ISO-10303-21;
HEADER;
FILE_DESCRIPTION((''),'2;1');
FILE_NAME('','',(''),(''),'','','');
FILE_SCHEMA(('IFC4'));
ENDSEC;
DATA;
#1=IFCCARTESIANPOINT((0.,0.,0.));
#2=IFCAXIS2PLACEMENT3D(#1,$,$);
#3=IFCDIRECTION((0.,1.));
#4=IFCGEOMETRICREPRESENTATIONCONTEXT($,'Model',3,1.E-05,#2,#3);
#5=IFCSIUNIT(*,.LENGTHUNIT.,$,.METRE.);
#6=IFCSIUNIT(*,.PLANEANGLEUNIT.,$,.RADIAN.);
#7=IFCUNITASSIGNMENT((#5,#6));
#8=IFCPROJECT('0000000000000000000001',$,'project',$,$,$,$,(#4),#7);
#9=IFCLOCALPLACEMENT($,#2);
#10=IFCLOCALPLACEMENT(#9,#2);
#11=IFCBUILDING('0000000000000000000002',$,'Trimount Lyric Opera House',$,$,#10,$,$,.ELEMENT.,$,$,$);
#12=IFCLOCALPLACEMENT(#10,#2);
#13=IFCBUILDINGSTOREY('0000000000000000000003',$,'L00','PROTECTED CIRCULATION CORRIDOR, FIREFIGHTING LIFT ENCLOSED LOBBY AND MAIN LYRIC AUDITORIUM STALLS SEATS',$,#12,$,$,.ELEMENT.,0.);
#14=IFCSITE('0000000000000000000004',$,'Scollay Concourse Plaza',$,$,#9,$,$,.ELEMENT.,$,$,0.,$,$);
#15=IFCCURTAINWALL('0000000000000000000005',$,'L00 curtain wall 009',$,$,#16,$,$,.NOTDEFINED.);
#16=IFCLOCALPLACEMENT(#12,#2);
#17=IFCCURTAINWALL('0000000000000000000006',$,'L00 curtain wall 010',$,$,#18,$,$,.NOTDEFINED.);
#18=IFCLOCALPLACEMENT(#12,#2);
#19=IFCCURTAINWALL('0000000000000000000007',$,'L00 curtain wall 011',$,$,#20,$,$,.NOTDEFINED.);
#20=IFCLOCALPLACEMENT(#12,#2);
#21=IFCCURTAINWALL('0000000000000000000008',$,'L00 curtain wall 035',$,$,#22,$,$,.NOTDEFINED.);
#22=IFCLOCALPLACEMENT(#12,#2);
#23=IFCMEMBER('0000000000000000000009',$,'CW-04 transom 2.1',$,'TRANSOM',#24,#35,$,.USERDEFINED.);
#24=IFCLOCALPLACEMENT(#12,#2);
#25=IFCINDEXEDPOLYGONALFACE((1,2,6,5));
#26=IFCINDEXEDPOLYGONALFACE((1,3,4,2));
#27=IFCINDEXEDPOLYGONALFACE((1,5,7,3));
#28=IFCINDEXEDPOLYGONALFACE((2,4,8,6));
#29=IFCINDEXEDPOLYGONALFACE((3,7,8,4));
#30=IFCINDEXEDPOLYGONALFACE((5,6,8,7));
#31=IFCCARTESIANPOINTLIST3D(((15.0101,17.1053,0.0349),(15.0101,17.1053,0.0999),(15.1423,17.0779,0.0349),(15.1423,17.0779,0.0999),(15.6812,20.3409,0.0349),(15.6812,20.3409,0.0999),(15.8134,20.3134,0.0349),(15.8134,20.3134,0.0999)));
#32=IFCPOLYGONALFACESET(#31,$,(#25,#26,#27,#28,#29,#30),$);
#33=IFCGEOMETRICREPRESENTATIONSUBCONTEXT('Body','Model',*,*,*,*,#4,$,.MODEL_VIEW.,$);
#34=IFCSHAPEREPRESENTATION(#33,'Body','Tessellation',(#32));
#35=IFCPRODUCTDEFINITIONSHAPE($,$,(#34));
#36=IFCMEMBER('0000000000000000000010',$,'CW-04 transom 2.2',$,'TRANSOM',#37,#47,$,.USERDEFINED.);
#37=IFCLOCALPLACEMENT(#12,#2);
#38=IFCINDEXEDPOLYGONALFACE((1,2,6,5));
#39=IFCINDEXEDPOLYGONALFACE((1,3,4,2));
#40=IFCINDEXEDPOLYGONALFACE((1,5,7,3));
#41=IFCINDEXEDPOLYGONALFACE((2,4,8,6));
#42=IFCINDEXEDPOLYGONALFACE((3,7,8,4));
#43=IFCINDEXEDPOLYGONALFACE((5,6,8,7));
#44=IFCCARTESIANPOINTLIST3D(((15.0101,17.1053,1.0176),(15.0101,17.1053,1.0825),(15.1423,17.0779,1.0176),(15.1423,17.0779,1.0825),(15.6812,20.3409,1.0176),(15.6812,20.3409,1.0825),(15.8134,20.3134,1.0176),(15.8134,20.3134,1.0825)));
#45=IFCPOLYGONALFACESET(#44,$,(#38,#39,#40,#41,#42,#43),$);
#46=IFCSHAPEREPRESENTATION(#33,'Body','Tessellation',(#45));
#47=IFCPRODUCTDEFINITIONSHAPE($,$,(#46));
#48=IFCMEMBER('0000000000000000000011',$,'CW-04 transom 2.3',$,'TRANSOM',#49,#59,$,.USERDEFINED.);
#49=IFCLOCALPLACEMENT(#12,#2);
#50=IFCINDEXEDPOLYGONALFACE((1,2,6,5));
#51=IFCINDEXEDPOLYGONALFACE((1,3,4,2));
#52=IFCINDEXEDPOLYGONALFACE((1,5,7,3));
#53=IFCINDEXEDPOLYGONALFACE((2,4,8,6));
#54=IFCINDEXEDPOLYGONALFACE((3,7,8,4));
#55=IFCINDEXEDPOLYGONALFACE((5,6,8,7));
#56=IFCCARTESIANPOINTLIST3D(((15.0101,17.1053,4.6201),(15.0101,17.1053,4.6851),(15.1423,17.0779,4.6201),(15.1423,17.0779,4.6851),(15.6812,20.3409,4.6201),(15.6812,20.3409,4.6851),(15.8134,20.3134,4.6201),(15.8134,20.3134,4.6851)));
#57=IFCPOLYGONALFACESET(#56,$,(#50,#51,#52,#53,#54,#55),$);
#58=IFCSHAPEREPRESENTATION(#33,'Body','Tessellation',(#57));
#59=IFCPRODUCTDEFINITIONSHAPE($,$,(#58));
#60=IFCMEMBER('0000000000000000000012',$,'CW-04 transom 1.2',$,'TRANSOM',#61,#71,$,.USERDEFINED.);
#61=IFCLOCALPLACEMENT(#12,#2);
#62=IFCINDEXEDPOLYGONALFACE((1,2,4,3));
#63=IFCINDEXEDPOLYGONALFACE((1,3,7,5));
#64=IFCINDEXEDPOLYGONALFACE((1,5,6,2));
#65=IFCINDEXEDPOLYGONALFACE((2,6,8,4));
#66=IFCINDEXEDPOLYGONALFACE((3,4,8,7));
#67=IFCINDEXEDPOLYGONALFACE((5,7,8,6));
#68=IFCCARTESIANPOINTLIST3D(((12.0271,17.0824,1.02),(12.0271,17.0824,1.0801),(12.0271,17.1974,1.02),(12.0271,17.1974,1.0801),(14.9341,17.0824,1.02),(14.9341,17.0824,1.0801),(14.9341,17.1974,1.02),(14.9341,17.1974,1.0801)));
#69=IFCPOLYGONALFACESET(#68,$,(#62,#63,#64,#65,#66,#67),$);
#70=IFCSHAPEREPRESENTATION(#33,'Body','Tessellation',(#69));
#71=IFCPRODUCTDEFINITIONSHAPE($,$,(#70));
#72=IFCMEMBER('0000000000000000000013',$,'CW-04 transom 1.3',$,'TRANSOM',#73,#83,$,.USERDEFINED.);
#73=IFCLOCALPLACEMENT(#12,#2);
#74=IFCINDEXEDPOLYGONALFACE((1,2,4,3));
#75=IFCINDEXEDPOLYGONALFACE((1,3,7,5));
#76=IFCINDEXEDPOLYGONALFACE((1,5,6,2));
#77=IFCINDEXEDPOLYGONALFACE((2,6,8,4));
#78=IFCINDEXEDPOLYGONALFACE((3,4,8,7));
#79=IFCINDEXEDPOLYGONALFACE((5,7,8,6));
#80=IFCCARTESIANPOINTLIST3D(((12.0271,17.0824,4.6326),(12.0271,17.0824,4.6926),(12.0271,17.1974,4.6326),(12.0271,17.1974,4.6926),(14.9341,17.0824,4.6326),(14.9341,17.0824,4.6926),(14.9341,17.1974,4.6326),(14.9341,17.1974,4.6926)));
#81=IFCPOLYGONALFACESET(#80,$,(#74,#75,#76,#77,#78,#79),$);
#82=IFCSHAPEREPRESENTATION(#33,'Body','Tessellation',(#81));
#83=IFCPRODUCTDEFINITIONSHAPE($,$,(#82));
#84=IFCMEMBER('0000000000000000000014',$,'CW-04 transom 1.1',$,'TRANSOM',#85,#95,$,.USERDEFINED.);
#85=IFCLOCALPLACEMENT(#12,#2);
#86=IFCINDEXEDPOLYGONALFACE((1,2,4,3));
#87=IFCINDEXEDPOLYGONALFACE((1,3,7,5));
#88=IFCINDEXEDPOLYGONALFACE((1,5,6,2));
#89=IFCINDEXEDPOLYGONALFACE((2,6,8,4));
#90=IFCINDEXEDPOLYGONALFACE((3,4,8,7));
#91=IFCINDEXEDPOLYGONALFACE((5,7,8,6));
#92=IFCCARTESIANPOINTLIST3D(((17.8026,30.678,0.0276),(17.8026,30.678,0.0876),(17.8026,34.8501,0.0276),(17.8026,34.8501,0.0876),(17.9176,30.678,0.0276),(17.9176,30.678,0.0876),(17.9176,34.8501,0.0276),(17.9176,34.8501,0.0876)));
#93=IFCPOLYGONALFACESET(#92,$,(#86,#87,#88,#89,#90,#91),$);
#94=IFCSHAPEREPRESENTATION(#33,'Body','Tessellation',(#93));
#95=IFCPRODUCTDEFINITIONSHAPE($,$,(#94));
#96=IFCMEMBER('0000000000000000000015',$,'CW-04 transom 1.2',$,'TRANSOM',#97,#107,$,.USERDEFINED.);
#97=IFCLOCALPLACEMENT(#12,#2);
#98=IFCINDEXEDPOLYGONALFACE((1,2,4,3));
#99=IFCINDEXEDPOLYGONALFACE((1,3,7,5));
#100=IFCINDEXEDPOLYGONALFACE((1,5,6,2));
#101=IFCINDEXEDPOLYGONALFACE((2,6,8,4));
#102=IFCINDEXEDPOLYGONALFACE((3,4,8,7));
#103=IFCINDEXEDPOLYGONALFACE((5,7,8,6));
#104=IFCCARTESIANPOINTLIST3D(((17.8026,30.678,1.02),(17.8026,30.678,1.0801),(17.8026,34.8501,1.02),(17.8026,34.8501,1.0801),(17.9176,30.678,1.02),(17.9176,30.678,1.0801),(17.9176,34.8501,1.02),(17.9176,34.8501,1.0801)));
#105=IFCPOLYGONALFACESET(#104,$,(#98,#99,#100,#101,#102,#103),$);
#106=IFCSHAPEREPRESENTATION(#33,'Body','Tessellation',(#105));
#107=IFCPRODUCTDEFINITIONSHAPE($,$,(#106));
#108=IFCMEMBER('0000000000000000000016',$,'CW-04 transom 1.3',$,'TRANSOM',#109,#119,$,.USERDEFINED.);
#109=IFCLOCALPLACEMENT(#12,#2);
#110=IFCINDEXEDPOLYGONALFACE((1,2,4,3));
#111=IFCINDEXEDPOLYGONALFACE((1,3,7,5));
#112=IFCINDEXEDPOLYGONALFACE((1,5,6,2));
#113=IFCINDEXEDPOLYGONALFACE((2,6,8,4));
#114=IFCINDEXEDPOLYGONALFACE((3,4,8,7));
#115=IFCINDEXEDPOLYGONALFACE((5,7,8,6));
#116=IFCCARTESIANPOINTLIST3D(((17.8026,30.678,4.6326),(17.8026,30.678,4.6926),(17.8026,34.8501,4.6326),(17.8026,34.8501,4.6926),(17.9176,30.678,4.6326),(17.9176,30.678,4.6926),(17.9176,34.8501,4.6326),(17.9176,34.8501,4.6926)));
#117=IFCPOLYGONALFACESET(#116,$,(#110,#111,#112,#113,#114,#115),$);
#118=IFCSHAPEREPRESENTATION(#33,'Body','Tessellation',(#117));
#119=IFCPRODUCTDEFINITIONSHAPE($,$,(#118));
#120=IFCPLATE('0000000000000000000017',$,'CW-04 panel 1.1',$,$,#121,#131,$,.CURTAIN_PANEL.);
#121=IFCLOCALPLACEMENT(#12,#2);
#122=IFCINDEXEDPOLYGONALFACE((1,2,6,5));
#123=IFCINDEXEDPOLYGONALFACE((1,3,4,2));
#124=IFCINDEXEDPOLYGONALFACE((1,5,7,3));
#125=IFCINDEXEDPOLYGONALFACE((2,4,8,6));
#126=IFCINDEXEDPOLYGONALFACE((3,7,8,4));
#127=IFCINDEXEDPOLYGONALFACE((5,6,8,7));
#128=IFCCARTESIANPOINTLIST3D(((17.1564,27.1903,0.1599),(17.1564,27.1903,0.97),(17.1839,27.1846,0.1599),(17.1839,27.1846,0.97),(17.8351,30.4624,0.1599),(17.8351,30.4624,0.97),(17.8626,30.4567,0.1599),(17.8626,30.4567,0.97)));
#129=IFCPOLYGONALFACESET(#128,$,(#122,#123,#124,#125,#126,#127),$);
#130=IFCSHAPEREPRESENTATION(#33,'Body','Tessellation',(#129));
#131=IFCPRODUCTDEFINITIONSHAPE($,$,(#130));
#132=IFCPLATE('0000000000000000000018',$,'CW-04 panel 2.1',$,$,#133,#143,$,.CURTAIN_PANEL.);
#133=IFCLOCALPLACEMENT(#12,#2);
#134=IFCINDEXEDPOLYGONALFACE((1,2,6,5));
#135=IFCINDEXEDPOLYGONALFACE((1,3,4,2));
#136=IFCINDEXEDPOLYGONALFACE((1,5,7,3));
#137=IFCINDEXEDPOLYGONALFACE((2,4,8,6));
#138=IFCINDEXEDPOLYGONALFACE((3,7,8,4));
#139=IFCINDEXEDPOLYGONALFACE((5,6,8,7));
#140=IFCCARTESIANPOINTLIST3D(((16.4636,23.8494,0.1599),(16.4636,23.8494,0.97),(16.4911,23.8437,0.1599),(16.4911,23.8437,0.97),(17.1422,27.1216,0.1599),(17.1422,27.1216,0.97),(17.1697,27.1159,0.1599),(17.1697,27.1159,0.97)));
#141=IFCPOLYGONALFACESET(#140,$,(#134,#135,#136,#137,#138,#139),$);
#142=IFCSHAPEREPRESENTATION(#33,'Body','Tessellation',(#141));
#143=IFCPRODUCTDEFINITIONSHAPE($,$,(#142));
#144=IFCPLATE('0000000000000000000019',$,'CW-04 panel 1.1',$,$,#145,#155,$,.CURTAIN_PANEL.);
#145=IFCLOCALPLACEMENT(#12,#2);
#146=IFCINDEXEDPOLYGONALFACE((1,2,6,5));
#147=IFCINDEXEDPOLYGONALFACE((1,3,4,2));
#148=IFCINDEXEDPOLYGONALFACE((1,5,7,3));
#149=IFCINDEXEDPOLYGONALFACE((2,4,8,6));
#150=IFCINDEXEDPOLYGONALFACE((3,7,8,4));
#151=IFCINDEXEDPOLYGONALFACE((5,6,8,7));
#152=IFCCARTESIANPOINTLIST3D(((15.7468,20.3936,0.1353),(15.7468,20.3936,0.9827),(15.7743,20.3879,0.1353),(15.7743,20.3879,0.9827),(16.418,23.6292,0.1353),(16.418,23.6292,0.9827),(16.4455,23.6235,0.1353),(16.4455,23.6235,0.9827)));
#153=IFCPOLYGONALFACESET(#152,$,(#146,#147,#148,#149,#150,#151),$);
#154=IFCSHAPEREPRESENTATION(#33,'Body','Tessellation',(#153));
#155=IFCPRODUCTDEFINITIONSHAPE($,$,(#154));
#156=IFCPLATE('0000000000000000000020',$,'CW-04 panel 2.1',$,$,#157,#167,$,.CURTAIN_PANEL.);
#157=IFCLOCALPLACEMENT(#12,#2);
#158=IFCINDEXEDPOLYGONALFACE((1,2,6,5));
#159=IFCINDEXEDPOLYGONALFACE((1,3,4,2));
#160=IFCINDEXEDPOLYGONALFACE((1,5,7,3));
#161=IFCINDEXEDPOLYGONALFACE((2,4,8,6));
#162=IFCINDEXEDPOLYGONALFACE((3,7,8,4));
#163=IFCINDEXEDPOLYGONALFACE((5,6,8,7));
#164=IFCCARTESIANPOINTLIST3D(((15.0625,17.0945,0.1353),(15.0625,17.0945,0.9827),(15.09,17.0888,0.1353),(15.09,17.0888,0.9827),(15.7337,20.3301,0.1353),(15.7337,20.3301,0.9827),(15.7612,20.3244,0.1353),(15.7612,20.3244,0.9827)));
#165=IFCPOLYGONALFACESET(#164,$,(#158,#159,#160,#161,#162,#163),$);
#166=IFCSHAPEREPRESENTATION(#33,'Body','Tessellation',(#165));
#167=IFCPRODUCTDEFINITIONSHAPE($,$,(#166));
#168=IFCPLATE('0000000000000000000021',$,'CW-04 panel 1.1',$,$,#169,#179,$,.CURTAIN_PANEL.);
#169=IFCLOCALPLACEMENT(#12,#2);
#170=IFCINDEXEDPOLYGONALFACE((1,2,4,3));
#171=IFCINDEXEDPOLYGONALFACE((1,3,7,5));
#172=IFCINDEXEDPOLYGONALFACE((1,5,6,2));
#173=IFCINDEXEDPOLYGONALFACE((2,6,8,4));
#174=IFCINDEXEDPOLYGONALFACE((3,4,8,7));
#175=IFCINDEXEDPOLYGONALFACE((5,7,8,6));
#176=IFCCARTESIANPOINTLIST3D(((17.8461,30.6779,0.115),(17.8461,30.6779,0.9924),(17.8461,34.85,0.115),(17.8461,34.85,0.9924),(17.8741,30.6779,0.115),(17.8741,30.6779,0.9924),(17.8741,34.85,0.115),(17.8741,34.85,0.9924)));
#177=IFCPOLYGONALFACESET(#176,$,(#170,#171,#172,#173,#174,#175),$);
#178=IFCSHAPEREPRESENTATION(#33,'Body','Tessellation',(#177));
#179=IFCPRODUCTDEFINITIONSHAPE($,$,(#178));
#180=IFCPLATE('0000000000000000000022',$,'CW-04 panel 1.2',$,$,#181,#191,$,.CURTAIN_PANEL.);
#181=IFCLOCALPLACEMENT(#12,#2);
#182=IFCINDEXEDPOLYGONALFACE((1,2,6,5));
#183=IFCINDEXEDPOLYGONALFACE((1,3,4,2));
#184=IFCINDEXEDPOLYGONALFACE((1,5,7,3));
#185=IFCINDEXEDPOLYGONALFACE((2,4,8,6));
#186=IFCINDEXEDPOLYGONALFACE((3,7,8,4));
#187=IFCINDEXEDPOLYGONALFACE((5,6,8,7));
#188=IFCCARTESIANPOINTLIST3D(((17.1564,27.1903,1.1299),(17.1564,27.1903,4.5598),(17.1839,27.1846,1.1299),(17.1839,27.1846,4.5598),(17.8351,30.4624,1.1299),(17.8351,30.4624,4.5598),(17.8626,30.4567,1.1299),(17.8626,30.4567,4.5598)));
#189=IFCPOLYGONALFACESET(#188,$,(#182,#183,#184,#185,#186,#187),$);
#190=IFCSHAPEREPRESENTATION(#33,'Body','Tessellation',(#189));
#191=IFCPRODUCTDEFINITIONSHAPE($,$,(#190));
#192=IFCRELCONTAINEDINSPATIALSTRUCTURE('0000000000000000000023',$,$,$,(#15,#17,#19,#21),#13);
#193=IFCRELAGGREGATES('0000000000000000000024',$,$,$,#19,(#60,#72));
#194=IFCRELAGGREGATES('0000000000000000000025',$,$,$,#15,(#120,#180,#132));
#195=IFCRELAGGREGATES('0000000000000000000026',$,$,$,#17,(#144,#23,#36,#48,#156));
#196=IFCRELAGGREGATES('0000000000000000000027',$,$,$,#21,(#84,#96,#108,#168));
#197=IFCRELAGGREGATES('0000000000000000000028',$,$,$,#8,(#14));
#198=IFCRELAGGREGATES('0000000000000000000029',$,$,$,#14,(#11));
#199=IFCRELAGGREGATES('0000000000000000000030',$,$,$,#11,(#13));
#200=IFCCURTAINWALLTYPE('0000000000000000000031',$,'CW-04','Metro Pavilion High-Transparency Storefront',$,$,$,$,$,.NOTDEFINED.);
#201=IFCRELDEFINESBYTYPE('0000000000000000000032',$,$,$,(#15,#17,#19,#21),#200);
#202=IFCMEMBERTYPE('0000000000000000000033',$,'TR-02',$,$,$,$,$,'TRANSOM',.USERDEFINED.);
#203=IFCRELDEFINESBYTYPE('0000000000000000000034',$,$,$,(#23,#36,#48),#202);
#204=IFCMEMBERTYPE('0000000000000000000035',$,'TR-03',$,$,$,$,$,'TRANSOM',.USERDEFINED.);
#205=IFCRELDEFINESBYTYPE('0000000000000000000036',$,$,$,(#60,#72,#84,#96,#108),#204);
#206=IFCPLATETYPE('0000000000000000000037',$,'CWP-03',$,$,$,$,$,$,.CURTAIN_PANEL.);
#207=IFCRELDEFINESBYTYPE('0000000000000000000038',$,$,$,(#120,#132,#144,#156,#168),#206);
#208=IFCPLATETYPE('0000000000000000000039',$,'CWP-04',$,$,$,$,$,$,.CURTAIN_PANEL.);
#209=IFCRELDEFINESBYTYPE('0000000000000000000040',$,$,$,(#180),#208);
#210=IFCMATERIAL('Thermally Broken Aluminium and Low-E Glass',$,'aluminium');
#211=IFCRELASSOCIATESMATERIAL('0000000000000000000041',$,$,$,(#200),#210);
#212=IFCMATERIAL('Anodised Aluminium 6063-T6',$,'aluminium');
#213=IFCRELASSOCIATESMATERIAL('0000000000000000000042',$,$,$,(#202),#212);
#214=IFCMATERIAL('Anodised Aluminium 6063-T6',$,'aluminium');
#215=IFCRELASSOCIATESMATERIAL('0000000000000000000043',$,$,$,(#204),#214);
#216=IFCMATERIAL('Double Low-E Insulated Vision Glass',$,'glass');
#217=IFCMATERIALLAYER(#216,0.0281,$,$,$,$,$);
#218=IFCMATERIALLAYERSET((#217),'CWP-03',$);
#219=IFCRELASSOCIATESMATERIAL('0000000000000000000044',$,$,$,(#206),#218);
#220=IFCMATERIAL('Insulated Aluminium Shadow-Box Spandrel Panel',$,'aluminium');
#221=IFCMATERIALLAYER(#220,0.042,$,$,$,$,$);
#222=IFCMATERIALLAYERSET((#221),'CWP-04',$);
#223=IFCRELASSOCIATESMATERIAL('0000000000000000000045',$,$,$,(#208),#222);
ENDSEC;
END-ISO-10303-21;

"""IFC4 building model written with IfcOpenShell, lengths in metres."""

from ifc_helpers import new_model, si_unit, direction, frame, origin, origin_2d, place, context, subcontext, project, spatial, rectangle, extrude, material, layer, layer_set, material_profile, profile_set, type_object, element, aggregate, save


model = new_model("IFC4")

# Units and contexts
model_context = context("Model", 3, precision=1e-05, world=origin(), true_north=direction((0.0, 1.0)))
body_context = subcontext(model_context, "Body", "Model", "MODEL_VIEW")
ifc_project = project(units=[si_unit("LENGTHUNIT", "METRE"), si_unit("PLANEANGLEUNIT", "RADIAN")], contexts=[model_context])

# Site, building, storey
site_placement = place(None, origin())
site = spatial("IfcSite", under=ifc_project, at=site_placement, Name="Scollay Concourse Plaza", CompositionType="ELEMENT", RefElevation=0.0)
building_placement = place(site_placement, origin())
building = spatial("IfcBuilding", under=site, at=building_placement, Name="Trimount Lyric Opera House", CompositionType="ELEMENT")
storey_placement = place(building_placement, origin())
storey = spatial("IfcBuildingStorey", under=building, at=storey_placement, Name="L00", Description="PROTECTED CIRCULATION CORRIDOR, FIREFIGHTING LIFT ENCLOSED LOBBY AND MAIN LYRIC AUDITORIUM STALLS SEATS", CompositionType="ELEMENT", Elevation=0.0)

# Curtain walls
ifc_material_1 = material(Name="Thermally Broken Aluminium and Low-E Glass", Category="aluminium")
curtain_wall_type = type_object("IfcCurtainWallType", Name="CW-04", Description="Metro Pavilion High-Transparency Storefront", PredefinedType="NOTDEFINED", material=ifc_material_1)
curtain_wall_1_placement = place(storey_placement, origin())
curtain_wall_1 = element("IfcCurtainWall", 1, at=curtain_wall_1_placement, inside=storey, type_object=curtain_wall_type, Name="L00 curtain wall 009", PredefinedType="NOTDEFINED")
curtain_wall_2_placement = place(storey_placement, origin())
curtain_wall_2 = element("IfcCurtainWall", 2, at=curtain_wall_2_placement, inside=storey, type_object=curtain_wall_type, Name="L00 curtain wall 010", PredefinedType="NOTDEFINED")

# Curtain wall
curtain_wall_3_placement = place(storey_placement, origin())
curtain_wall_3 = element("IfcCurtainWall", 3, at=curtain_wall_3_placement, inside=storey, type_object=curtain_wall_type, Name="L00 curtain wall 011", PredefinedType="NOTDEFINED")

# Curtain wall
curtain_wall_4_placement = place(storey_placement, origin())
curtain_wall_4 = element("IfcCurtainWall", 4, at=curtain_wall_4_placement, inside=storey, type_object=curtain_wall_type, Name="L00 curtain wall 035", PredefinedType="NOTDEFINED")

# Members
ifc_material_2 = material(Name="Anodised Aluminium 6063-T6", Category="aluminium")
ifc_material_profile_1 = material_profile(ifc_material_2, rectangle(XDim=0.135, YDim=0.0649, at=origin_2d()), Name="ALU-TRAN-65X135")
ifc_profile_set_1 = profile_set([ifc_material_profile_1], Name="Anodised Aluminium 6063-T6")
member_type_1 = type_object("IfcMemberType", Name="TR-02", ElementType="TRANSOM", PredefinedType="USERDEFINED", material=ifc_profile_set_1)
member_1_placement = place(storey_placement, frame((15.7473, 20.3271, 0.0674), z_axis=(-0.203102, -0.979158, 0.0), x_axis=(0.979158, -0.203102, 0.0)))
member_1 = element("IfcMember", 5, at=member_1_placement, type_object=member_type_1, Name="CW-04 transom 2.1", ObjectType="TRANSOM", PredefinedType="USERDEFINED", context=body_context, shape_type="SweptSolid", body=[
    extrude(rectangle(XDim=0.135, YDim=0.0649, at=origin_2d()), origin(), (0.0, 0.0, 1.0), 3.3044),
])
member_2_placement = place(storey_placement, frame((15.7473, 20.3271, 1.05), z_axis=(-0.203102, -0.979158, 0.0), x_axis=(0.979158, -0.203102, 0.0)))
member_2 = element("IfcMember", 6, at=member_2_placement, type_object=member_type_1, Name="CW-04 transom 2.2", ObjectType="TRANSOM", PredefinedType="USERDEFINED", context=body_context, shape_type="SweptSolid", body=[
    extrude(rectangle(XDim=0.135, YDim=0.0649, at=origin_2d()), origin(), (0.0, 0.0, 1.0), 3.3044),
])
member_3_placement = place(storey_placement, frame((15.7473, 20.3271, 4.6526), z_axis=(-0.203102, -0.979158, 0.0), x_axis=(0.979158, -0.203102, 0.0)))
member_3 = element("IfcMember", 7, at=member_3_placement, type_object=member_type_1, Name="CW-04 transom 2.3", ObjectType="TRANSOM", PredefinedType="USERDEFINED", context=body_context, shape_type="SweptSolid", body=[
    extrude(rectangle(XDim=0.135, YDim=0.0649, at=origin_2d()), origin(), (0.0, 0.0, 1.0), 3.3044),
])
ifc_material_3 = material(Name="Anodised Aluminium 6063-T6", Category="aluminium")
ifc_material_profile_2 = material_profile(ifc_material_3, rectangle(XDim=0.115, YDim=0.0601, at=origin_2d()), Name="ALU-TRAN-60X115")
ifc_profile_set_2 = profile_set([ifc_material_profile_2], Name="Anodised Aluminium 6063-T6")
member_type_2 = type_object("IfcMemberType", Name="TR-03", ElementType="TRANSOM", PredefinedType="USERDEFINED", material=ifc_profile_set_2)
member_4_placement = place(storey_placement, frame((14.9341, 17.1399, 1.05), z_axis=(-1.0, 0.0, 0.0), x_axis=(0.0, -1.0, 0.0)))
member_4 = element("IfcMember", 8, at=member_4_placement, type_object=member_type_2, Name="CW-04 transom 1.2", ObjectType="TRANSOM", PredefinedType="USERDEFINED", context=body_context, shape_type="SweptSolid", body=[
    extrude(rectangle(XDim=0.115, YDim=0.0601, at=origin_2d()), origin(), (0.0, 0.0, 1.0), 2.907),
])
member_5_placement = place(storey_placement, frame((14.9341, 17.1399, 4.6626), z_axis=(-1.0, 0.0, 0.0), x_axis=(0.0, -1.0, 0.0)))
member_5 = element("IfcMember", 9, at=member_5_placement, type_object=member_type_2, Name="CW-04 transom 1.3", ObjectType="TRANSOM", PredefinedType="USERDEFINED", context=body_context, shape_type="SweptSolid", body=[
    extrude(rectangle(XDim=0.115, YDim=0.0601, at=origin_2d()), origin(), (0.0, 0.0, 1.0), 2.907),
])
aggregate(curtain_wall_3, [member_4, member_5])
member_6_placement = place(storey_placement, frame((17.8601, 34.8501, 0.0576), z_axis=(0.0, -1.0, 0.0), x_axis=(1.0, 0.0, 0.0)))
member_6 = element("IfcMember", 10, at=member_6_placement, type_object=member_type_2, Name="CW-04 transom 1.1", ObjectType="TRANSOM", PredefinedType="USERDEFINED", context=body_context, shape_type="SweptSolid", body=[
    extrude(rectangle(XDim=0.115, YDim=0.0601, at=origin_2d()), origin(), (0.0, 0.0, 1.0), 4.1721),
])
member_7_placement = place(storey_placement, frame((17.8601, 34.8501, 1.05), z_axis=(0.0, -1.0, 0.0), x_axis=(1.0, 0.0, 0.0)))
member_7 = element("IfcMember", 11, at=member_7_placement, type_object=member_type_2, Name="CW-04 transom 1.2", ObjectType="TRANSOM", PredefinedType="USERDEFINED", context=body_context, shape_type="SweptSolid", body=[
    extrude(rectangle(XDim=0.115, YDim=0.0601, at=origin_2d()), origin(), (0.0, 0.0, 1.0), 4.1721),
])
member_8_placement = place(storey_placement, frame((17.8601, 34.8501, 4.6626), z_axis=(0.0, -1.0, 0.0), x_axis=(1.0, 0.0, 0.0)))
member_8 = element("IfcMember", 12, at=member_8_placement, type_object=member_type_2, Name="CW-04 transom 1.3", ObjectType="TRANSOM", PredefinedType="USERDEFINED", context=body_context, shape_type="SweptSolid", body=[
    extrude(rectangle(XDim=0.115, YDim=0.0601, at=origin_2d()), origin(), (0.0, 0.0, 1.0), 4.1721),
])

# Plates
ifc_material_4 = material(Name="Double Low-E Insulated Vision Glass", Category="glass")
ifc_layer_1 = layer(ifc_material_4, 0.0281)
ifc_layer_set_1 = layer_set([ifc_layer_1], Name="CWP-03")
plate_type_1 = type_object("IfcPlateType", Name="CWP-03", PredefinedType="CURTAIN_PANEL", material=ifc_layer_set_1)
plate_1_placement = place(storey_placement, frame((17.5095, 28.8235, 0.1599), z_axis=(0.0, 0.0, 1.0), x_axis=(-0.203085, -0.979161, 0.0)))
plate_1 = element("IfcPlate", 13, at=plate_1_placement, type_object=plate_type_1, Name="CW-04 panel 1.1", PredefinedType="CURTAIN_PANEL", context=body_context, shape_type="SweptSolid", body=[
    extrude(rectangle(XDim=3.3418, YDim=0.0281, at=origin_2d()), origin(), (0.0, 0.0, 1.0), 0.8101),
])
plate_2_placement = place(storey_placement, frame((16.8167, 25.4827, 0.1599), z_axis=(0.0, 0.0, 1.0), x_axis=(-0.203085, -0.979161, 0.0)))
plate_2 = element("IfcPlate", 14, at=plate_2_placement, type_object=plate_type_1, Name="CW-04 panel 2.1", PredefinedType="CURTAIN_PANEL", context=body_context, shape_type="SweptSolid", body=[
    extrude(rectangle(XDim=3.3418, YDim=0.0281, at=origin_2d()), origin(), (0.0, 0.0, 1.0), 0.8101),
])
plate_3_placement = place(storey_placement, frame((16.0962, 22.0085, 0.1353), z_axis=(0.0, 0.0, 1.0), x_axis=(-0.203121, -0.979154, 0.0)))
plate_3 = element("IfcPlate", 15, at=plate_3_placement, type_object=plate_type_1, Name="CW-04 panel 1.1", PredefinedType="CURTAIN_PANEL", context=body_context, shape_type="SweptSolid", body=[
    extrude(rectangle(XDim=3.3044, YDim=0.0281, at=origin_2d()), origin(), (0.0, 0.0, 1.0), 0.8474),
])
plate_4_placement = place(storey_placement, frame((15.4119, 18.7095, 0.1353), z_axis=(0.0, 0.0, 1.0), x_axis=(-0.203121, -0.979154, 0.0)))
plate_4 = element("IfcPlate", 16, at=plate_4_placement, type_object=plate_type_1, Name="CW-04 panel 2.1", PredefinedType="CURTAIN_PANEL", context=body_context, shape_type="SweptSolid", body=[
    extrude(rectangle(XDim=3.3044, YDim=0.0281, at=origin_2d()), origin(), (0.0, 0.0, 1.0), 0.8474),
])
plate_5_placement = place(storey_placement, frame((17.8601, 32.7639, 0.115), z_axis=(0.0, 0.0, 1.0), x_axis=(0.0, -1.0, 0.0)))
plate_5 = element("IfcPlate", 17, at=plate_5_placement, type_object=plate_type_1, Name="CW-04 panel 1.1", PredefinedType="CURTAIN_PANEL", context=body_context, shape_type="SweptSolid", body=[
    extrude(rectangle(XDim=4.1721, YDim=0.0281, at=origin_2d()), origin(), (0.0, 0.0, 1.0), 0.8774),
])
ifc_material_5 = material(Name="Insulated Aluminium Shadow-Box Spandrel Panel", Category="aluminium")
ifc_layer_2 = layer(ifc_material_5, 0.042)
ifc_layer_set_2 = layer_set([ifc_layer_2], Name="CWP-04")
plate_type_2 = type_object("IfcPlateType", Name="CWP-04", PredefinedType="CURTAIN_PANEL", material=ifc_layer_set_2)
plate_6_placement = place(storey_placement, frame((17.5095, 28.8235, 1.1299), z_axis=(0.0, 0.0, 1.0), x_axis=(-0.203085, -0.979161, 0.0)))
plate_6 = element("IfcPlate", 18, at=plate_6_placement, type_object=plate_type_2, Name="CW-04 panel 1.2", PredefinedType="CURTAIN_PANEL", context=body_context, shape_type="SweptSolid", body=[
    extrude(rectangle(XDim=3.3418, YDim=0.0281, at=origin_2d()), origin(), (0.0, 0.0, 1.0), 3.4299),
])
aggregate(curtain_wall_1, [plate_1, plate_6, plate_2])
aggregate(curtain_wall_2, [plate_3, member_1, member_2, member_3, plate_4])
aggregate(curtain_wall_4, [member_6, member_7, member_8, plate_5])

save(model, "model.ifc")
